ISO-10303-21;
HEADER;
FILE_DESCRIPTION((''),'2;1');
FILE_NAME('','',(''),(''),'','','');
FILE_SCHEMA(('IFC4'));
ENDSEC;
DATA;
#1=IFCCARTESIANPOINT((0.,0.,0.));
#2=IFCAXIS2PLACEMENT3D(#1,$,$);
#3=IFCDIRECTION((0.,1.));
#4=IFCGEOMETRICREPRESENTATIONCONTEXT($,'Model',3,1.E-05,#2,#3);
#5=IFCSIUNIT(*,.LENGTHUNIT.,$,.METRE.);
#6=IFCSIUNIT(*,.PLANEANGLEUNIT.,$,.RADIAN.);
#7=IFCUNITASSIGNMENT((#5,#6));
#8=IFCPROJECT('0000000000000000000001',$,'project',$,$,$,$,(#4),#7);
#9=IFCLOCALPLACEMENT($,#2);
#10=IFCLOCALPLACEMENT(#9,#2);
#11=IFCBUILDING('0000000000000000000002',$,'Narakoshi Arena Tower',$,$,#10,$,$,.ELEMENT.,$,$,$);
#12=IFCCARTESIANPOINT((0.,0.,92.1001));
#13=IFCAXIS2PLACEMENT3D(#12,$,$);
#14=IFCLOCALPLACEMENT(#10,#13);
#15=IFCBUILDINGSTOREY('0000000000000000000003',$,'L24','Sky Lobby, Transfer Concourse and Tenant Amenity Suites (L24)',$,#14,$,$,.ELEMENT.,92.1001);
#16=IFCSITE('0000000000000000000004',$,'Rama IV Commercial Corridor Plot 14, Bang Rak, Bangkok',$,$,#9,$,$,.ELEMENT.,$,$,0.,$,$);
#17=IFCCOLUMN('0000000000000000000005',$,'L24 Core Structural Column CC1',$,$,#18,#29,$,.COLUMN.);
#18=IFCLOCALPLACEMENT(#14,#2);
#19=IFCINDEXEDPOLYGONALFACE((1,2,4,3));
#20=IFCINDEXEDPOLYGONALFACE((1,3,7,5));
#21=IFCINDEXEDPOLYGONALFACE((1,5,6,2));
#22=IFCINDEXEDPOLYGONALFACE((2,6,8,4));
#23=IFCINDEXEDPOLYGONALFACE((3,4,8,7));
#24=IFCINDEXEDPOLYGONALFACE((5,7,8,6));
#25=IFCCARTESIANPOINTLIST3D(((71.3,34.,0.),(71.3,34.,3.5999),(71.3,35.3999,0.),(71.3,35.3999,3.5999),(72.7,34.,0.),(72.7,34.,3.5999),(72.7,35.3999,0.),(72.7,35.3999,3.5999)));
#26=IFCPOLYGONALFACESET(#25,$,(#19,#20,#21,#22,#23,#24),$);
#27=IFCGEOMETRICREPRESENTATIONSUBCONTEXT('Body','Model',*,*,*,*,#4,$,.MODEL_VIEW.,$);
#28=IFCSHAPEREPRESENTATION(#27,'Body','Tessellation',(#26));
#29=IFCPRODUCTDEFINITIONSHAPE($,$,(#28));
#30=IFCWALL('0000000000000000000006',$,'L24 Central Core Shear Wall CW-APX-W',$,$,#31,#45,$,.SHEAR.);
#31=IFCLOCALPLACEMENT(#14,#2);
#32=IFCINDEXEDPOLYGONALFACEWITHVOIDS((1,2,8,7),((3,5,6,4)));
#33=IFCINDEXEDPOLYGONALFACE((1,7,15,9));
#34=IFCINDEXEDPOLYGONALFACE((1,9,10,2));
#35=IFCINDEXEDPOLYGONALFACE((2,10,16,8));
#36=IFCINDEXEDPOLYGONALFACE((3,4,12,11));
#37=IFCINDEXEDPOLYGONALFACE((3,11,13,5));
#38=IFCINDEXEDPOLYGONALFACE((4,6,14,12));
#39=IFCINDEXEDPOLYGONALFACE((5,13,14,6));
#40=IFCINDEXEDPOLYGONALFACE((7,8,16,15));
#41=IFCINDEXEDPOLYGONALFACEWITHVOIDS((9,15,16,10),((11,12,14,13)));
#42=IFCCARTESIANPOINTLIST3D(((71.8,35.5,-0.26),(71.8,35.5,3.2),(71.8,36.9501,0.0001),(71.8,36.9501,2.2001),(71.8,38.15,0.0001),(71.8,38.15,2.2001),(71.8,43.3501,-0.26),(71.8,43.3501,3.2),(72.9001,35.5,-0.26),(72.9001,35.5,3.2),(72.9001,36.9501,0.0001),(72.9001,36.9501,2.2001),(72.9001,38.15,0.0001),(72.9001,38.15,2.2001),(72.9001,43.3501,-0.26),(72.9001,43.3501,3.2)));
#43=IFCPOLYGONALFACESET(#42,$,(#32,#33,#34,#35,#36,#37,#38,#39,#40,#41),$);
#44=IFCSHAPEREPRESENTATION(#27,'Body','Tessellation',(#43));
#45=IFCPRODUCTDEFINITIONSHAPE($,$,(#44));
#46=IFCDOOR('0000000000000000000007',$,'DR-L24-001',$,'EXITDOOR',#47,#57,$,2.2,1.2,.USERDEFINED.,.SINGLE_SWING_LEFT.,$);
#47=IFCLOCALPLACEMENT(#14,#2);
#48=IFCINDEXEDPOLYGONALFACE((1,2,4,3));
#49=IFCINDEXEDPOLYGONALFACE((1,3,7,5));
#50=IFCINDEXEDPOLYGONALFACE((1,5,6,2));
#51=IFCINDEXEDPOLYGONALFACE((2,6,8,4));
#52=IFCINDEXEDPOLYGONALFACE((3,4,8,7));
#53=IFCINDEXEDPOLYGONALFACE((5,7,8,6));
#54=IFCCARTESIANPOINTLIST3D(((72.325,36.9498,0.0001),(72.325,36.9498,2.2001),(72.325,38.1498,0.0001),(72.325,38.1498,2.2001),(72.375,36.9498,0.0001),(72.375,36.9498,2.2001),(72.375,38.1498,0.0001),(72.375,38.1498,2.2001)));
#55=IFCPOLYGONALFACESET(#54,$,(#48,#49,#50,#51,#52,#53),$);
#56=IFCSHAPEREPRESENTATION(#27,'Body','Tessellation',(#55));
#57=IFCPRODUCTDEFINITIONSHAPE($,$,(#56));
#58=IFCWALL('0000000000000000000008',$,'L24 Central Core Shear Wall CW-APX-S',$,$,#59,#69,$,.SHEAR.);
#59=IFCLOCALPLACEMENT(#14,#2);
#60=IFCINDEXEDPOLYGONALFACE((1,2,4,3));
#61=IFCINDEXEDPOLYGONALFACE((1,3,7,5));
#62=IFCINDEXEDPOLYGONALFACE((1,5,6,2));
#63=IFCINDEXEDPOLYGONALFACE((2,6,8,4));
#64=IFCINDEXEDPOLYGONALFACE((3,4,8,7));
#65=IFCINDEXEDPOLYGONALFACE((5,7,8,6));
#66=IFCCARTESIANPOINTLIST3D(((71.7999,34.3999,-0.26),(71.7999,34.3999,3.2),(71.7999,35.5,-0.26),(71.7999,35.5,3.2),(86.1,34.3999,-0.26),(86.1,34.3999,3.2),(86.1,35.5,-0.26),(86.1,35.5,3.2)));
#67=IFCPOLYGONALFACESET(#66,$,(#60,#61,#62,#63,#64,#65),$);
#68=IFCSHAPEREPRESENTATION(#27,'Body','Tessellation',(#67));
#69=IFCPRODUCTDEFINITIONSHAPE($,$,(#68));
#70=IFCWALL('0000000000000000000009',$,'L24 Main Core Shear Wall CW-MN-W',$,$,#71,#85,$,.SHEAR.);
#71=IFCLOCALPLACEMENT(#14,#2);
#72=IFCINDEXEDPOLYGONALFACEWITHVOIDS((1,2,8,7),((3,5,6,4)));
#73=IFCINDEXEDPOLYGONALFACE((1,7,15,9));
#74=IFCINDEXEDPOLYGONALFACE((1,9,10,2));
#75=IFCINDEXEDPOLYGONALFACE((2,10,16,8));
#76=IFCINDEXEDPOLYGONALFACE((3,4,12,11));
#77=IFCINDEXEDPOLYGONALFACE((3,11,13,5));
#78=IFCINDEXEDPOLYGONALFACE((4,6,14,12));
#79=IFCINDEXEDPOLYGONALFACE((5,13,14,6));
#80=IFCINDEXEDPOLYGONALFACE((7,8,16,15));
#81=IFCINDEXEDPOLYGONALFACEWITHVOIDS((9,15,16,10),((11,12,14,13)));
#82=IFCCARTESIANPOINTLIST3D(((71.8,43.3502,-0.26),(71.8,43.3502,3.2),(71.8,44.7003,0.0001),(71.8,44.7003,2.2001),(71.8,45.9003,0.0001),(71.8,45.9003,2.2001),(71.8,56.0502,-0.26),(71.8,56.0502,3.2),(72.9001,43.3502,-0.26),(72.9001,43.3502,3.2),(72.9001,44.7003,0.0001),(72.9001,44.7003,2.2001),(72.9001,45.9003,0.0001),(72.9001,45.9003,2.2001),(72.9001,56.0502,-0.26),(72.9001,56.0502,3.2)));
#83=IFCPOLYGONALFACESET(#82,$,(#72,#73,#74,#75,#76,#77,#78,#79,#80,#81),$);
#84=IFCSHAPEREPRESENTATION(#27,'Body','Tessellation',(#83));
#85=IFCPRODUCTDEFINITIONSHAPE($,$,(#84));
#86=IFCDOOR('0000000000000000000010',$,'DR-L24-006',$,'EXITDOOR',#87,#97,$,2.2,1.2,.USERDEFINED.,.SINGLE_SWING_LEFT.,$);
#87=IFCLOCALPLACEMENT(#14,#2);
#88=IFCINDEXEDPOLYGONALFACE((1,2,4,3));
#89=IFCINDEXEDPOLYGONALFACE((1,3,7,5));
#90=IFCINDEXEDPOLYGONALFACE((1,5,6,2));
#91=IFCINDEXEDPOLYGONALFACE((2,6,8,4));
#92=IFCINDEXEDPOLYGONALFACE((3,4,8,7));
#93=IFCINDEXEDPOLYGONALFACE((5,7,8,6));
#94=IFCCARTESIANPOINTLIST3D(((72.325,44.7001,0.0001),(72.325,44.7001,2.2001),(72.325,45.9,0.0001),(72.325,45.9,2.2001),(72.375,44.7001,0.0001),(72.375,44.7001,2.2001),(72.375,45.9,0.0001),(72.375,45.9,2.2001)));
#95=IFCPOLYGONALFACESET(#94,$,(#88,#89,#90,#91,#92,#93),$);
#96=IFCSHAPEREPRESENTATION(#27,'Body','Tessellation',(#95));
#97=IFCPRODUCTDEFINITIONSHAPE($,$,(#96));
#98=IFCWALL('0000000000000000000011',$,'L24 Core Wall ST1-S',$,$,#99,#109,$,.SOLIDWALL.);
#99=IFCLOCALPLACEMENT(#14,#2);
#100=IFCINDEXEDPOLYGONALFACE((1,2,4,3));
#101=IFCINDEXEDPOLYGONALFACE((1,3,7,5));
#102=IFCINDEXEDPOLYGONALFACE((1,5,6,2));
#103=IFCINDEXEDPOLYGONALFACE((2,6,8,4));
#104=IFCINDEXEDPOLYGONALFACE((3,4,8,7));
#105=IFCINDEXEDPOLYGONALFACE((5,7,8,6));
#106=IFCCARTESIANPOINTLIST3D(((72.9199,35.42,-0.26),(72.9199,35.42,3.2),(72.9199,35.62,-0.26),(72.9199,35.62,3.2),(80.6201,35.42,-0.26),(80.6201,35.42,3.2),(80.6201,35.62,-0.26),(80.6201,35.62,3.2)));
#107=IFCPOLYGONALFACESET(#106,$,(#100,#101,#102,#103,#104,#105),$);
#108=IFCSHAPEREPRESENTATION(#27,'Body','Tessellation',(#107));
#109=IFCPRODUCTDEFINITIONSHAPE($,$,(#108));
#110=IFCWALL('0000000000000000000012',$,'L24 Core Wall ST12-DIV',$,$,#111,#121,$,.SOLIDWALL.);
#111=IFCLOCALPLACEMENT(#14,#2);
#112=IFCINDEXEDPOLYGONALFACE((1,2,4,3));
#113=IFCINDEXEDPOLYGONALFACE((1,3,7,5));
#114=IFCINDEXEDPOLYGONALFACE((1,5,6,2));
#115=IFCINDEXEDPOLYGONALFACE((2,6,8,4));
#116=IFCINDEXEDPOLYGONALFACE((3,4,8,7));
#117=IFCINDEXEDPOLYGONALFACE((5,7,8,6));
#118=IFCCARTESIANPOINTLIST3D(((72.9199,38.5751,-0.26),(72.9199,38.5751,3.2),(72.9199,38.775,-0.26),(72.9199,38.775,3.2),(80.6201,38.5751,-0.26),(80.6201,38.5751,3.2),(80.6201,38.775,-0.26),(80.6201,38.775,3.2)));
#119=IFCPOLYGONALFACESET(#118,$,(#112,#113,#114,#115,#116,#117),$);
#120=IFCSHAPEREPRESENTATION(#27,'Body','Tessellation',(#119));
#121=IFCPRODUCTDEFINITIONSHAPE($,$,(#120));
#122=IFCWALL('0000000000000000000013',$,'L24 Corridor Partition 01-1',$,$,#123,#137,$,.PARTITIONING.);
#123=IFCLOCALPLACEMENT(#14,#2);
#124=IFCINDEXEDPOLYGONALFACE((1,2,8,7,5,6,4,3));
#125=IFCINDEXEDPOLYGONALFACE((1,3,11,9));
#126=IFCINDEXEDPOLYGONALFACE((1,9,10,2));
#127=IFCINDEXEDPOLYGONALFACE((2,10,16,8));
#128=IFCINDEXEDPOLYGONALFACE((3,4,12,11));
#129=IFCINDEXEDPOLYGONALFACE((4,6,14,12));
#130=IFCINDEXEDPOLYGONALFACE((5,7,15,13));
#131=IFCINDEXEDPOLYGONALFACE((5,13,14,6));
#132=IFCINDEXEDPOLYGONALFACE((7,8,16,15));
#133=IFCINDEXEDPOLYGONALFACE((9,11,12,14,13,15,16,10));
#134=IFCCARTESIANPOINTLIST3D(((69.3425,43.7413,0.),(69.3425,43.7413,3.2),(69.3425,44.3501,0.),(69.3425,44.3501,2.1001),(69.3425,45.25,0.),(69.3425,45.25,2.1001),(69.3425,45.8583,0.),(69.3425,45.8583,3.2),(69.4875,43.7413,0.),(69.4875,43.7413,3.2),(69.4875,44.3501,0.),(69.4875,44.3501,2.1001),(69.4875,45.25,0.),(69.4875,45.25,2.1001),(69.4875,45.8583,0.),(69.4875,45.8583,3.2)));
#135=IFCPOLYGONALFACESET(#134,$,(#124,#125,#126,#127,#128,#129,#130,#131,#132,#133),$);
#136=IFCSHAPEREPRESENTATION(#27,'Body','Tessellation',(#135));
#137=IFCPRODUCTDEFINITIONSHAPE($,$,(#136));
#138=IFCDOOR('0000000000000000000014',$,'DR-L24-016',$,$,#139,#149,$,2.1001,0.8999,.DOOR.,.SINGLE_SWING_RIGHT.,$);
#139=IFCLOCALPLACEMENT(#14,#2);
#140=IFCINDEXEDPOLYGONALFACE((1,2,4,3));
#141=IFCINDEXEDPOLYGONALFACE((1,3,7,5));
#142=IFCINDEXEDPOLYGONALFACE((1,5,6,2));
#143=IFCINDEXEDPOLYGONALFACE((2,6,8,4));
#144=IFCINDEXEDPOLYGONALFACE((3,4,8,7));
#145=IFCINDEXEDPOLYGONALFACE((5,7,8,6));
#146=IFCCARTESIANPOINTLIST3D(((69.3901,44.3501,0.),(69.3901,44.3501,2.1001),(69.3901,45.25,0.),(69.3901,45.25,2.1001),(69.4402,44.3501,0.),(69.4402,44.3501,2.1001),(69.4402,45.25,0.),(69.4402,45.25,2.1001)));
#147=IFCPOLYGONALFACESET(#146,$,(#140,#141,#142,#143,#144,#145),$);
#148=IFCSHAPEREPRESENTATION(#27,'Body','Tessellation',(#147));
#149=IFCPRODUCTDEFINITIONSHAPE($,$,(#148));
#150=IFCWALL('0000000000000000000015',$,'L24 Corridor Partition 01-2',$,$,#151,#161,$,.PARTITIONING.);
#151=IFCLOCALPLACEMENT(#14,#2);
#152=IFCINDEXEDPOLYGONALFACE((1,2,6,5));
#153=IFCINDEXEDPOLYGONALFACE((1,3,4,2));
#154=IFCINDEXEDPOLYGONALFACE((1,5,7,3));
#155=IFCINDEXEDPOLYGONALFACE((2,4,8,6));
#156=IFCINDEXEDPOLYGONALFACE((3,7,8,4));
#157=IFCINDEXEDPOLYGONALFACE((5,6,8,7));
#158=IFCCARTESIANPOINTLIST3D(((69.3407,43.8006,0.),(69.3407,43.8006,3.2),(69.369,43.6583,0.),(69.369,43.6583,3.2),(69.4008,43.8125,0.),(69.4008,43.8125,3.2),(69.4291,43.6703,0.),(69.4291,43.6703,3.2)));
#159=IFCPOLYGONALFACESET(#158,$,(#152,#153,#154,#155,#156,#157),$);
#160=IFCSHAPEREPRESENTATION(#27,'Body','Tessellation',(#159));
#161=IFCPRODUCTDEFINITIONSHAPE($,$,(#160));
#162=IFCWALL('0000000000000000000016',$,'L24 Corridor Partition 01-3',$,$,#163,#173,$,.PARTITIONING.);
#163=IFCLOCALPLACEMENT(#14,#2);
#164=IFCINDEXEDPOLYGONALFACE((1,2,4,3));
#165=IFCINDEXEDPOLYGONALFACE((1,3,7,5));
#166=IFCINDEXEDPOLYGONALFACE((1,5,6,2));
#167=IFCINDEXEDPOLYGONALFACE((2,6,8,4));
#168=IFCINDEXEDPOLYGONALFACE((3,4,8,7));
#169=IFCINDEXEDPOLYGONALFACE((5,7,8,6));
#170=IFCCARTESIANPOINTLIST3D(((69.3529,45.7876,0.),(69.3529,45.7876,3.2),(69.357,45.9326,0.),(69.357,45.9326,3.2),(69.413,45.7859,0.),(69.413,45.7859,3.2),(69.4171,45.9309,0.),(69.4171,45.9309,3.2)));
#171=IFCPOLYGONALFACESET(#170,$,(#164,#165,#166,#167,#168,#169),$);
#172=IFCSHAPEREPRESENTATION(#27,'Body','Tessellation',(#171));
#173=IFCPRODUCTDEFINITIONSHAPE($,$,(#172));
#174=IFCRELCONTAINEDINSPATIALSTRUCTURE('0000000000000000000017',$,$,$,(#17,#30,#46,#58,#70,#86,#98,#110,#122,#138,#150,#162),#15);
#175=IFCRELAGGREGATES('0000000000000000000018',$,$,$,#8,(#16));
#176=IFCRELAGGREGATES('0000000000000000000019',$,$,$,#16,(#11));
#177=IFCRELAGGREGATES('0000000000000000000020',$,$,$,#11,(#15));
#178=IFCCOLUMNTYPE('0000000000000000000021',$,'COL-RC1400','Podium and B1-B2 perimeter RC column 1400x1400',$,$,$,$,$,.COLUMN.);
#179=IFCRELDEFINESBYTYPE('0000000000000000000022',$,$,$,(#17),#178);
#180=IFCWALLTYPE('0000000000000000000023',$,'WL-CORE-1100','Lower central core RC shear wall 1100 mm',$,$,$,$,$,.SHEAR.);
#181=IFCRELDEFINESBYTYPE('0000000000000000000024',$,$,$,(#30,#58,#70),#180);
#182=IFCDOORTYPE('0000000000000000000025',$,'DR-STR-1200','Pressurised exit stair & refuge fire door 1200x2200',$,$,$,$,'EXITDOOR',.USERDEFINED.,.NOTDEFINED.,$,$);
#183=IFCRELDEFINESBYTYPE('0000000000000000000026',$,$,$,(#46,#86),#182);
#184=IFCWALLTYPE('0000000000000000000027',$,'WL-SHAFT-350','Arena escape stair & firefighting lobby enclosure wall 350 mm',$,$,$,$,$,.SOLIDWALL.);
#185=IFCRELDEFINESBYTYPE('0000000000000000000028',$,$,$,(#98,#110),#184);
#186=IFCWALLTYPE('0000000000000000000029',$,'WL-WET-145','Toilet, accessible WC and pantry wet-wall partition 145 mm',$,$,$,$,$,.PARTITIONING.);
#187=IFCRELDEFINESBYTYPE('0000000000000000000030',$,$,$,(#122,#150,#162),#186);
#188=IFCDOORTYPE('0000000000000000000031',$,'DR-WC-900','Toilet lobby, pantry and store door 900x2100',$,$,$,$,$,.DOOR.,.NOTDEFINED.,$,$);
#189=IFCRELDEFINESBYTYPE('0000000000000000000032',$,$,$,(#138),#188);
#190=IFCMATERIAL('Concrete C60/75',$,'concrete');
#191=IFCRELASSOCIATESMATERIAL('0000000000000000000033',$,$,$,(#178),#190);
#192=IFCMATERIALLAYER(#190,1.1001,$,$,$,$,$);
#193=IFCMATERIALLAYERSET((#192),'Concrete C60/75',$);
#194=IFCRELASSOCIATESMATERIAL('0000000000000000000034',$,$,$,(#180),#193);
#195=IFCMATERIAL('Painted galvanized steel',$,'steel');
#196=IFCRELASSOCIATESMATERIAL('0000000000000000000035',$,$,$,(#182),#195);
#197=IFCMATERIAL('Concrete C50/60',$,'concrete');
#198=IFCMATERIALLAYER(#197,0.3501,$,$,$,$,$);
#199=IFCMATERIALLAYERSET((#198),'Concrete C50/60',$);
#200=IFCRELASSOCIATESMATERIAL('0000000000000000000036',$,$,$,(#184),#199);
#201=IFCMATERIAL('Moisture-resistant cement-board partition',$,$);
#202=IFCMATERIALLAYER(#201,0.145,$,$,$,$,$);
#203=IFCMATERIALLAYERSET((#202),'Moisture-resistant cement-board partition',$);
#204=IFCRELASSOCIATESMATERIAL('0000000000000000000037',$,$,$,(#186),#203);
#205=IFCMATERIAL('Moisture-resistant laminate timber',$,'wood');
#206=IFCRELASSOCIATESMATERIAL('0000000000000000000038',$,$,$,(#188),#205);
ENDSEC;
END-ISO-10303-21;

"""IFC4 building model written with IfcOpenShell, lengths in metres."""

from ifc_helpers import new_model, si_unit, direction, frame, frame_2d, origin, origin_2d, place, context, subcontext, project, spatial, rectangle, extrude, material, layer, layer_set, material_profile, profile_set, type_object, element, fill, save


model = new_model("IFC4")

# Units and contexts
model_context = context("Model", 3, precision=1e-05, world=origin(), true_north=direction((0.0, 1.0)))
body_context = subcontext(model_context, "Body", "Model", "MODEL_VIEW")
ifc_project = project(units=[si_unit("LENGTHUNIT", "METRE"), si_unit("PLANEANGLEUNIT", "RADIAN")], contexts=[model_context])

# Site, building, storey
site_placement = place(None, origin())
site = spatial("IfcSite", under=ifc_project, at=site_placement, Name="Rama IV Commercial Corridor Plot 14, Bang Rak, Bangkok", CompositionType="ELEMENT", RefElevation=0.0)
building_placement = place(site_placement, origin())
building = spatial("IfcBuilding", under=site, at=building_placement, Name="Narakoshi Arena Tower", CompositionType="ELEMENT")
storey_placement = place(building_placement, frame((0.0, 0.0, 92.1001)))
storey = spatial("IfcBuildingStorey", under=building, at=storey_placement, Name="L24", Description="Sky Lobby, Transfer Concourse and Tenant Amenity Suites (L24)", CompositionType="ELEMENT", Elevation=92.1001)

# Column
ifc_material_1 = material(Name="Concrete C60/75", Category="concrete")
ifc_material_profile = material_profile(ifc_material_1, rectangle(XDim=1.3999, YDim=1.3999, at=origin_2d()), Name="RC1400x1400")
ifc_profile_set = profile_set([ifc_material_profile], Name="Concrete C60/75")
column_type = type_object("IfcColumnType", Name="COL-RC1400", Description="Podium and B1-B2 perimeter RC column 1400x1400", PredefinedType="COLUMN", material=ifc_profile_set)
column_placement = place(storey_placement, frame((72.0, 34.7, 0.0), z_axis=(0.0, 0.0, 1.0), x_axis=(1.0, 0.0, 0.0)))
element("IfcColumn", 1, at=column_placement, inside=storey, type_object=column_type, Name="L24 Core Structural Column CC1", PredefinedType="COLUMN", context=body_context, shape_type="SweptSolid", body=[
    extrude(rectangle(XDim=1.3999, YDim=1.3999, at=origin_2d()), origin(), (0.0, 0.0, 1.0), 3.5999),
])

# Wall, opening, door
ifc_layer_1 = layer(ifc_material_1, 1.1001)
ifc_layer_set_1 = layer_set([ifc_layer_1], Name="Concrete C60/75")
wall_type_1 = type_object("IfcWallType", Name="WL-CORE-1100", Description="Lower central core RC shear wall 1100 mm", PredefinedType="SHEAR", material=ifc_layer_set_1)
wall_1_placement = place(storey_placement, frame((72.3501, 35.5, -0.26), z_axis=(0.0, 0.0, 1.0), x_axis=(0.0, 1.0, 0.0)))
wall_1 = element("IfcWall", 2, at=wall_1_placement, inside=storey, type_object=wall_type_1, Name="L24 Central Core Shear Wall CW-APX-W", PredefinedType="SHEAR", context=body_context, shape_type="SweptSolid", body=[
    extrude(rectangle(XDim=7.8501, YDim=1.1001, at=frame_2d((3.925, 0.0))), origin(), (0.0, 0.0, 1.0), 3.46),
])
opening_1_placement = place(wall_1_placement, frame((1.45, 0.0, 0.26)))
opening_1 = element("IfcOpeningElement", 3, at=opening_1_placement, cuts=wall_1, PredefinedType="OPENING", context=body_context, shape_type="SweptSolid", body=[
    extrude(rectangle(XDim=1.2, YDim=2.2, at=frame_2d((0.6001, 1.1001))), frame((0.0, 0.5601, 0.0), z_axis=(0.0, -1.0, 0.0), x_axis=(1.0, 0.0, 0.0)), (0.0, 0.0, 1.0), 1.1201),
])
ifc_material_2 = material(Name="Painted galvanized steel", Category="steel")
door_type_1 = type_object("IfcDoorType", Name="DR-STR-1200", Description="Pressurised exit stair & refuge fire door 1200x2200", ElementType="EXITDOOR", OperationType="NOTDEFINED", PredefinedType="USERDEFINED", material=ifc_material_2)
door_1_placement = place(opening_1_placement, frame((1.2, 0.0, 0.0), z_axis=(0.0, 0.0, 1.0), x_axis=(-1.0, 0.0, 0.0)))
door_1 = element("IfcDoor", 4, at=door_1_placement, inside=storey, type_object=door_type_1, Name="DR-L24-001", ObjectType="EXITDOOR", OperationType="SINGLE_SWING_LEFT", OverallHeight=2.2, OverallWidth=1.2, PredefinedType="USERDEFINED", context=body_context, shape_type="SweptSolid", body=[
    extrude(rectangle(XDim=1.2, YDim=2.2, at=frame_2d((0.6001, 1.1001))), frame((0.0, 0.0249, 0.0), z_axis=(0.0, -1.0, 0.0), x_axis=(1.0, 0.0, 0.0)), (0.0, 0.0, 1.0), 0.05),
])
fill(opening_1, door_1)

# Wall
wall_2_placement = place(storey_placement, frame((71.8, 34.95, -0.26), z_axis=(0.0, 0.0, 1.0), x_axis=(1.0, 0.0, 0.0)))
element("IfcWall", 5, at=wall_2_placement, inside=storey, type_object=wall_type_1, Name="L24 Central Core Shear Wall CW-APX-S", PredefinedType="SHEAR", context=body_context, shape_type="SweptSolid", body=[
    extrude(rectangle(XDim=14.3, YDim=1.1001, at=frame_2d((7.1499, 0.0))), origin(), (0.0, 0.0, 1.0), 3.46),
])

# Wall, opening, door
wall_3_placement = place(storey_placement, frame((72.3501, 43.3501, -0.26), z_axis=(0.0, 0.0, 1.0), x_axis=(0.0, 1.0, 0.0)))
wall_3 = element("IfcWall", 6, at=wall_3_placement, inside=storey, type_object=wall_type_1, Name="L24 Main Core Shear Wall CW-MN-W", PredefinedType="SHEAR", context=body_context, shape_type="SweptSolid", body=[
    extrude(rectangle(XDim=12.7, YDim=1.1001, at=frame_2d((6.3501, 0.0))), origin(), (0.0, 0.0, 1.0), 3.46),
])
opening_2_placement = place(wall_3_placement, frame((1.3501, 0.0, 0.26)))
opening_2 = element("IfcOpeningElement", 7, at=opening_2_placement, cuts=wall_3, PredefinedType="OPENING", context=body_context, shape_type="SweptSolid", body=[
    extrude(rectangle(XDim=1.2, YDim=2.2, at=frame_2d((0.6001, 1.1001))), frame((0.0, 0.5601, 0.0), z_axis=(0.0, -1.0, 0.0), x_axis=(1.0, 0.0, 0.0)), (0.0, 0.0, 1.0), 1.1201),
])
door_2_placement = place(opening_2_placement, frame((1.2, 0.0, 0.0), z_axis=(0.0, 0.0, 1.0), x_axis=(-1.0, 0.0, 0.0)))
door_2 = element("IfcDoor", 8, at=door_2_placement, inside=storey, type_object=door_type_1, Name="DR-L24-006", ObjectType="EXITDOOR", OperationType="SINGLE_SWING_LEFT", OverallHeight=2.2, OverallWidth=1.2, PredefinedType="USERDEFINED", context=body_context, shape_type="SweptSolid", body=[
    extrude(rectangle(XDim=1.2, YDim=2.2, at=frame_2d((0.6001, 1.1001))), frame((0.0, 0.0249, 0.0), z_axis=(0.0, -1.0, 0.0), x_axis=(1.0, 0.0, 0.0)), (0.0, 0.0, 1.0), 0.05),
])
fill(opening_2, door_2)

# Walls
ifc_material_3 = material(Name="Concrete C50/60", Category="concrete")
ifc_layer_2 = layer(ifc_material_3, 0.3501)
ifc_layer_set_2 = layer_set([ifc_layer_2], Name="Concrete C50/60")
wall_type_2 = type_object("IfcWallType", Name="WL-SHAFT-350", Description="Arena escape stair & firefighting lobby enclosure wall 350 mm", PredefinedType="SOLIDWALL", material=ifc_layer_set_2)
for number, where, z_axis, x_axis, name in (
    (9, (72.9199, 35.52, -0.26), (0.0, 0.0, 1.0), (1.0, 0.0, 0.0), "L24 Core Wall ST1-S"),
    (10, (72.9199, 38.675, -0.26), (0.0, 0.0, 1.0), (1.0, 0.0, 0.0), "L24 Core Wall ST12-DIV"),
):
    element("IfcWall", number, at=place(storey_placement, frame(where, z_axis=z_axis, x_axis=x_axis)), inside=storey, type_object=wall_type_2, Name=name, PredefinedType="SOLIDWALL", context=body_context, shape_type="SweptSolid", body=[
        extrude(rectangle(XDim=7.7002, YDim=0.2, at=frame_2d((3.8501, 0.0))), origin(), (0.0, 0.0, 1.0), 3.46),
    ])

# Wall, opening, door
ifc_material_4 = material(Name="Moisture-resistant cement-board partition")
ifc_layer_3 = layer(ifc_material_4, 0.145)
ifc_layer_set_3 = layer_set([ifc_layer_3], Name="Moisture-resistant cement-board partition")
wall_type_3 = type_object("IfcWallType", Name="WL-WET-145", Description="Toilet, accessible WC and pantry wet-wall partition 145 mm", PredefinedType="PARTITIONING", material=ifc_layer_set_3)
wall_4_placement = place(storey_placement, frame((69.415, 45.8584, 0.0), z_axis=(0.0, 0.0, 1.0), x_axis=(0.0, -1.0, 0.0)))
wall_4 = element("IfcWall", 11, at=wall_4_placement, inside=storey, type_object=wall_type_3, Name="L24 Corridor Partition 01-1", PredefinedType="PARTITIONING", context=body_context, shape_type="SweptSolid", body=[
    extrude(rectangle(XDim=2.1169, YDim=0.145, at=frame_2d((1.0586, 0.0))), origin(), (0.0, 0.0, 1.0), 3.2),
])
opening_3_placement = place(wall_4_placement, frame((0.6084, 0.0, 0.0)))
opening_3 = element("IfcOpeningElement", 12, at=opening_3_placement, cuts=wall_4, PredefinedType="OPENING", context=body_context, shape_type="SweptSolid", body=[
    extrude(rectangle(XDim=0.8999, YDim=2.1001, at=frame_2d((0.45, 1.05))), frame((0.0, 0.0825, 0.0), z_axis=(0.0, -1.0, 0.0), x_axis=(1.0, 0.0, 0.0)), (0.0, 0.0, 1.0), 0.165),
])
ifc_material_5 = material(Name="Moisture-resistant laminate timber", Category="wood")
door_type_2 = type_object("IfcDoorType", Name="DR-WC-900", Description="Toilet lobby, pantry and store door 900x2100", OperationType="NOTDEFINED", PredefinedType="DOOR", material=ifc_material_5)
door_3_placement = place(opening_3_placement, frame((0.8999, 0.0, 0.0), z_axis=(0.0, 0.0, 1.0), x_axis=(-1.0, 0.0, 0.0)))
door_3 = element("IfcDoor", 13, at=door_3_placement, inside=storey, type_object=door_type_2, Name="DR-L24-016", OperationType="SINGLE_SWING_RIGHT", OverallHeight=2.1001, OverallWidth=0.8999, PredefinedType="DOOR", context=body_context, shape_type="SweptSolid", body=[
    extrude(rectangle(XDim=0.8999, YDim=2.1001, at=frame_2d((0.45, 1.05))), frame((0.0, 0.0249, 0.0), z_axis=(0.0, -1.0, 0.0), x_axis=(1.0, 0.0, 0.0)), (0.0, 0.0, 1.0), 0.05),
])
fill(opening_3, door_3)

# Walls
wall_5_placement = place(storey_placement, frame((69.415, 43.7415, 0.0), z_axis=(0.0, 0.0, 1.0), x_axis=(-0.980734, -0.195349, 0.0)))
element("IfcWall", 14, at=wall_5_placement, inside=storey, type_object=wall_type_3, Name="L24 Corridor Partition 01-2", PredefinedType="PARTITIONING", context=body_context, shape_type="SweptSolid", body=[
    extrude(rectangle(XDim=0.0613, YDim=0.145, at=frame_2d((0.0308, 0.0))), origin(), (0.0, 0.0, 1.0), 3.2),
])
wall_6_placement = place(storey_placement, frame((69.355, 45.8601, 0.0), z_axis=(0.0, 0.0, 1.0), x_axis=(0.999595, -0.028444, 0.0)))
element("IfcWall", 15, at=wall_6_placement, inside=storey, type_object=wall_type_3, Name="L24 Corridor Partition 01-3", PredefinedType="PARTITIONING", context=body_context, shape_type="SweptSolid", body=[
    extrude(rectangle(XDim=0.0601, YDim=0.145, at=frame_2d((0.03, 0.0))), origin(), (0.0, 0.0, 1.0), 3.2),
])

save(model, "model.ifc")
